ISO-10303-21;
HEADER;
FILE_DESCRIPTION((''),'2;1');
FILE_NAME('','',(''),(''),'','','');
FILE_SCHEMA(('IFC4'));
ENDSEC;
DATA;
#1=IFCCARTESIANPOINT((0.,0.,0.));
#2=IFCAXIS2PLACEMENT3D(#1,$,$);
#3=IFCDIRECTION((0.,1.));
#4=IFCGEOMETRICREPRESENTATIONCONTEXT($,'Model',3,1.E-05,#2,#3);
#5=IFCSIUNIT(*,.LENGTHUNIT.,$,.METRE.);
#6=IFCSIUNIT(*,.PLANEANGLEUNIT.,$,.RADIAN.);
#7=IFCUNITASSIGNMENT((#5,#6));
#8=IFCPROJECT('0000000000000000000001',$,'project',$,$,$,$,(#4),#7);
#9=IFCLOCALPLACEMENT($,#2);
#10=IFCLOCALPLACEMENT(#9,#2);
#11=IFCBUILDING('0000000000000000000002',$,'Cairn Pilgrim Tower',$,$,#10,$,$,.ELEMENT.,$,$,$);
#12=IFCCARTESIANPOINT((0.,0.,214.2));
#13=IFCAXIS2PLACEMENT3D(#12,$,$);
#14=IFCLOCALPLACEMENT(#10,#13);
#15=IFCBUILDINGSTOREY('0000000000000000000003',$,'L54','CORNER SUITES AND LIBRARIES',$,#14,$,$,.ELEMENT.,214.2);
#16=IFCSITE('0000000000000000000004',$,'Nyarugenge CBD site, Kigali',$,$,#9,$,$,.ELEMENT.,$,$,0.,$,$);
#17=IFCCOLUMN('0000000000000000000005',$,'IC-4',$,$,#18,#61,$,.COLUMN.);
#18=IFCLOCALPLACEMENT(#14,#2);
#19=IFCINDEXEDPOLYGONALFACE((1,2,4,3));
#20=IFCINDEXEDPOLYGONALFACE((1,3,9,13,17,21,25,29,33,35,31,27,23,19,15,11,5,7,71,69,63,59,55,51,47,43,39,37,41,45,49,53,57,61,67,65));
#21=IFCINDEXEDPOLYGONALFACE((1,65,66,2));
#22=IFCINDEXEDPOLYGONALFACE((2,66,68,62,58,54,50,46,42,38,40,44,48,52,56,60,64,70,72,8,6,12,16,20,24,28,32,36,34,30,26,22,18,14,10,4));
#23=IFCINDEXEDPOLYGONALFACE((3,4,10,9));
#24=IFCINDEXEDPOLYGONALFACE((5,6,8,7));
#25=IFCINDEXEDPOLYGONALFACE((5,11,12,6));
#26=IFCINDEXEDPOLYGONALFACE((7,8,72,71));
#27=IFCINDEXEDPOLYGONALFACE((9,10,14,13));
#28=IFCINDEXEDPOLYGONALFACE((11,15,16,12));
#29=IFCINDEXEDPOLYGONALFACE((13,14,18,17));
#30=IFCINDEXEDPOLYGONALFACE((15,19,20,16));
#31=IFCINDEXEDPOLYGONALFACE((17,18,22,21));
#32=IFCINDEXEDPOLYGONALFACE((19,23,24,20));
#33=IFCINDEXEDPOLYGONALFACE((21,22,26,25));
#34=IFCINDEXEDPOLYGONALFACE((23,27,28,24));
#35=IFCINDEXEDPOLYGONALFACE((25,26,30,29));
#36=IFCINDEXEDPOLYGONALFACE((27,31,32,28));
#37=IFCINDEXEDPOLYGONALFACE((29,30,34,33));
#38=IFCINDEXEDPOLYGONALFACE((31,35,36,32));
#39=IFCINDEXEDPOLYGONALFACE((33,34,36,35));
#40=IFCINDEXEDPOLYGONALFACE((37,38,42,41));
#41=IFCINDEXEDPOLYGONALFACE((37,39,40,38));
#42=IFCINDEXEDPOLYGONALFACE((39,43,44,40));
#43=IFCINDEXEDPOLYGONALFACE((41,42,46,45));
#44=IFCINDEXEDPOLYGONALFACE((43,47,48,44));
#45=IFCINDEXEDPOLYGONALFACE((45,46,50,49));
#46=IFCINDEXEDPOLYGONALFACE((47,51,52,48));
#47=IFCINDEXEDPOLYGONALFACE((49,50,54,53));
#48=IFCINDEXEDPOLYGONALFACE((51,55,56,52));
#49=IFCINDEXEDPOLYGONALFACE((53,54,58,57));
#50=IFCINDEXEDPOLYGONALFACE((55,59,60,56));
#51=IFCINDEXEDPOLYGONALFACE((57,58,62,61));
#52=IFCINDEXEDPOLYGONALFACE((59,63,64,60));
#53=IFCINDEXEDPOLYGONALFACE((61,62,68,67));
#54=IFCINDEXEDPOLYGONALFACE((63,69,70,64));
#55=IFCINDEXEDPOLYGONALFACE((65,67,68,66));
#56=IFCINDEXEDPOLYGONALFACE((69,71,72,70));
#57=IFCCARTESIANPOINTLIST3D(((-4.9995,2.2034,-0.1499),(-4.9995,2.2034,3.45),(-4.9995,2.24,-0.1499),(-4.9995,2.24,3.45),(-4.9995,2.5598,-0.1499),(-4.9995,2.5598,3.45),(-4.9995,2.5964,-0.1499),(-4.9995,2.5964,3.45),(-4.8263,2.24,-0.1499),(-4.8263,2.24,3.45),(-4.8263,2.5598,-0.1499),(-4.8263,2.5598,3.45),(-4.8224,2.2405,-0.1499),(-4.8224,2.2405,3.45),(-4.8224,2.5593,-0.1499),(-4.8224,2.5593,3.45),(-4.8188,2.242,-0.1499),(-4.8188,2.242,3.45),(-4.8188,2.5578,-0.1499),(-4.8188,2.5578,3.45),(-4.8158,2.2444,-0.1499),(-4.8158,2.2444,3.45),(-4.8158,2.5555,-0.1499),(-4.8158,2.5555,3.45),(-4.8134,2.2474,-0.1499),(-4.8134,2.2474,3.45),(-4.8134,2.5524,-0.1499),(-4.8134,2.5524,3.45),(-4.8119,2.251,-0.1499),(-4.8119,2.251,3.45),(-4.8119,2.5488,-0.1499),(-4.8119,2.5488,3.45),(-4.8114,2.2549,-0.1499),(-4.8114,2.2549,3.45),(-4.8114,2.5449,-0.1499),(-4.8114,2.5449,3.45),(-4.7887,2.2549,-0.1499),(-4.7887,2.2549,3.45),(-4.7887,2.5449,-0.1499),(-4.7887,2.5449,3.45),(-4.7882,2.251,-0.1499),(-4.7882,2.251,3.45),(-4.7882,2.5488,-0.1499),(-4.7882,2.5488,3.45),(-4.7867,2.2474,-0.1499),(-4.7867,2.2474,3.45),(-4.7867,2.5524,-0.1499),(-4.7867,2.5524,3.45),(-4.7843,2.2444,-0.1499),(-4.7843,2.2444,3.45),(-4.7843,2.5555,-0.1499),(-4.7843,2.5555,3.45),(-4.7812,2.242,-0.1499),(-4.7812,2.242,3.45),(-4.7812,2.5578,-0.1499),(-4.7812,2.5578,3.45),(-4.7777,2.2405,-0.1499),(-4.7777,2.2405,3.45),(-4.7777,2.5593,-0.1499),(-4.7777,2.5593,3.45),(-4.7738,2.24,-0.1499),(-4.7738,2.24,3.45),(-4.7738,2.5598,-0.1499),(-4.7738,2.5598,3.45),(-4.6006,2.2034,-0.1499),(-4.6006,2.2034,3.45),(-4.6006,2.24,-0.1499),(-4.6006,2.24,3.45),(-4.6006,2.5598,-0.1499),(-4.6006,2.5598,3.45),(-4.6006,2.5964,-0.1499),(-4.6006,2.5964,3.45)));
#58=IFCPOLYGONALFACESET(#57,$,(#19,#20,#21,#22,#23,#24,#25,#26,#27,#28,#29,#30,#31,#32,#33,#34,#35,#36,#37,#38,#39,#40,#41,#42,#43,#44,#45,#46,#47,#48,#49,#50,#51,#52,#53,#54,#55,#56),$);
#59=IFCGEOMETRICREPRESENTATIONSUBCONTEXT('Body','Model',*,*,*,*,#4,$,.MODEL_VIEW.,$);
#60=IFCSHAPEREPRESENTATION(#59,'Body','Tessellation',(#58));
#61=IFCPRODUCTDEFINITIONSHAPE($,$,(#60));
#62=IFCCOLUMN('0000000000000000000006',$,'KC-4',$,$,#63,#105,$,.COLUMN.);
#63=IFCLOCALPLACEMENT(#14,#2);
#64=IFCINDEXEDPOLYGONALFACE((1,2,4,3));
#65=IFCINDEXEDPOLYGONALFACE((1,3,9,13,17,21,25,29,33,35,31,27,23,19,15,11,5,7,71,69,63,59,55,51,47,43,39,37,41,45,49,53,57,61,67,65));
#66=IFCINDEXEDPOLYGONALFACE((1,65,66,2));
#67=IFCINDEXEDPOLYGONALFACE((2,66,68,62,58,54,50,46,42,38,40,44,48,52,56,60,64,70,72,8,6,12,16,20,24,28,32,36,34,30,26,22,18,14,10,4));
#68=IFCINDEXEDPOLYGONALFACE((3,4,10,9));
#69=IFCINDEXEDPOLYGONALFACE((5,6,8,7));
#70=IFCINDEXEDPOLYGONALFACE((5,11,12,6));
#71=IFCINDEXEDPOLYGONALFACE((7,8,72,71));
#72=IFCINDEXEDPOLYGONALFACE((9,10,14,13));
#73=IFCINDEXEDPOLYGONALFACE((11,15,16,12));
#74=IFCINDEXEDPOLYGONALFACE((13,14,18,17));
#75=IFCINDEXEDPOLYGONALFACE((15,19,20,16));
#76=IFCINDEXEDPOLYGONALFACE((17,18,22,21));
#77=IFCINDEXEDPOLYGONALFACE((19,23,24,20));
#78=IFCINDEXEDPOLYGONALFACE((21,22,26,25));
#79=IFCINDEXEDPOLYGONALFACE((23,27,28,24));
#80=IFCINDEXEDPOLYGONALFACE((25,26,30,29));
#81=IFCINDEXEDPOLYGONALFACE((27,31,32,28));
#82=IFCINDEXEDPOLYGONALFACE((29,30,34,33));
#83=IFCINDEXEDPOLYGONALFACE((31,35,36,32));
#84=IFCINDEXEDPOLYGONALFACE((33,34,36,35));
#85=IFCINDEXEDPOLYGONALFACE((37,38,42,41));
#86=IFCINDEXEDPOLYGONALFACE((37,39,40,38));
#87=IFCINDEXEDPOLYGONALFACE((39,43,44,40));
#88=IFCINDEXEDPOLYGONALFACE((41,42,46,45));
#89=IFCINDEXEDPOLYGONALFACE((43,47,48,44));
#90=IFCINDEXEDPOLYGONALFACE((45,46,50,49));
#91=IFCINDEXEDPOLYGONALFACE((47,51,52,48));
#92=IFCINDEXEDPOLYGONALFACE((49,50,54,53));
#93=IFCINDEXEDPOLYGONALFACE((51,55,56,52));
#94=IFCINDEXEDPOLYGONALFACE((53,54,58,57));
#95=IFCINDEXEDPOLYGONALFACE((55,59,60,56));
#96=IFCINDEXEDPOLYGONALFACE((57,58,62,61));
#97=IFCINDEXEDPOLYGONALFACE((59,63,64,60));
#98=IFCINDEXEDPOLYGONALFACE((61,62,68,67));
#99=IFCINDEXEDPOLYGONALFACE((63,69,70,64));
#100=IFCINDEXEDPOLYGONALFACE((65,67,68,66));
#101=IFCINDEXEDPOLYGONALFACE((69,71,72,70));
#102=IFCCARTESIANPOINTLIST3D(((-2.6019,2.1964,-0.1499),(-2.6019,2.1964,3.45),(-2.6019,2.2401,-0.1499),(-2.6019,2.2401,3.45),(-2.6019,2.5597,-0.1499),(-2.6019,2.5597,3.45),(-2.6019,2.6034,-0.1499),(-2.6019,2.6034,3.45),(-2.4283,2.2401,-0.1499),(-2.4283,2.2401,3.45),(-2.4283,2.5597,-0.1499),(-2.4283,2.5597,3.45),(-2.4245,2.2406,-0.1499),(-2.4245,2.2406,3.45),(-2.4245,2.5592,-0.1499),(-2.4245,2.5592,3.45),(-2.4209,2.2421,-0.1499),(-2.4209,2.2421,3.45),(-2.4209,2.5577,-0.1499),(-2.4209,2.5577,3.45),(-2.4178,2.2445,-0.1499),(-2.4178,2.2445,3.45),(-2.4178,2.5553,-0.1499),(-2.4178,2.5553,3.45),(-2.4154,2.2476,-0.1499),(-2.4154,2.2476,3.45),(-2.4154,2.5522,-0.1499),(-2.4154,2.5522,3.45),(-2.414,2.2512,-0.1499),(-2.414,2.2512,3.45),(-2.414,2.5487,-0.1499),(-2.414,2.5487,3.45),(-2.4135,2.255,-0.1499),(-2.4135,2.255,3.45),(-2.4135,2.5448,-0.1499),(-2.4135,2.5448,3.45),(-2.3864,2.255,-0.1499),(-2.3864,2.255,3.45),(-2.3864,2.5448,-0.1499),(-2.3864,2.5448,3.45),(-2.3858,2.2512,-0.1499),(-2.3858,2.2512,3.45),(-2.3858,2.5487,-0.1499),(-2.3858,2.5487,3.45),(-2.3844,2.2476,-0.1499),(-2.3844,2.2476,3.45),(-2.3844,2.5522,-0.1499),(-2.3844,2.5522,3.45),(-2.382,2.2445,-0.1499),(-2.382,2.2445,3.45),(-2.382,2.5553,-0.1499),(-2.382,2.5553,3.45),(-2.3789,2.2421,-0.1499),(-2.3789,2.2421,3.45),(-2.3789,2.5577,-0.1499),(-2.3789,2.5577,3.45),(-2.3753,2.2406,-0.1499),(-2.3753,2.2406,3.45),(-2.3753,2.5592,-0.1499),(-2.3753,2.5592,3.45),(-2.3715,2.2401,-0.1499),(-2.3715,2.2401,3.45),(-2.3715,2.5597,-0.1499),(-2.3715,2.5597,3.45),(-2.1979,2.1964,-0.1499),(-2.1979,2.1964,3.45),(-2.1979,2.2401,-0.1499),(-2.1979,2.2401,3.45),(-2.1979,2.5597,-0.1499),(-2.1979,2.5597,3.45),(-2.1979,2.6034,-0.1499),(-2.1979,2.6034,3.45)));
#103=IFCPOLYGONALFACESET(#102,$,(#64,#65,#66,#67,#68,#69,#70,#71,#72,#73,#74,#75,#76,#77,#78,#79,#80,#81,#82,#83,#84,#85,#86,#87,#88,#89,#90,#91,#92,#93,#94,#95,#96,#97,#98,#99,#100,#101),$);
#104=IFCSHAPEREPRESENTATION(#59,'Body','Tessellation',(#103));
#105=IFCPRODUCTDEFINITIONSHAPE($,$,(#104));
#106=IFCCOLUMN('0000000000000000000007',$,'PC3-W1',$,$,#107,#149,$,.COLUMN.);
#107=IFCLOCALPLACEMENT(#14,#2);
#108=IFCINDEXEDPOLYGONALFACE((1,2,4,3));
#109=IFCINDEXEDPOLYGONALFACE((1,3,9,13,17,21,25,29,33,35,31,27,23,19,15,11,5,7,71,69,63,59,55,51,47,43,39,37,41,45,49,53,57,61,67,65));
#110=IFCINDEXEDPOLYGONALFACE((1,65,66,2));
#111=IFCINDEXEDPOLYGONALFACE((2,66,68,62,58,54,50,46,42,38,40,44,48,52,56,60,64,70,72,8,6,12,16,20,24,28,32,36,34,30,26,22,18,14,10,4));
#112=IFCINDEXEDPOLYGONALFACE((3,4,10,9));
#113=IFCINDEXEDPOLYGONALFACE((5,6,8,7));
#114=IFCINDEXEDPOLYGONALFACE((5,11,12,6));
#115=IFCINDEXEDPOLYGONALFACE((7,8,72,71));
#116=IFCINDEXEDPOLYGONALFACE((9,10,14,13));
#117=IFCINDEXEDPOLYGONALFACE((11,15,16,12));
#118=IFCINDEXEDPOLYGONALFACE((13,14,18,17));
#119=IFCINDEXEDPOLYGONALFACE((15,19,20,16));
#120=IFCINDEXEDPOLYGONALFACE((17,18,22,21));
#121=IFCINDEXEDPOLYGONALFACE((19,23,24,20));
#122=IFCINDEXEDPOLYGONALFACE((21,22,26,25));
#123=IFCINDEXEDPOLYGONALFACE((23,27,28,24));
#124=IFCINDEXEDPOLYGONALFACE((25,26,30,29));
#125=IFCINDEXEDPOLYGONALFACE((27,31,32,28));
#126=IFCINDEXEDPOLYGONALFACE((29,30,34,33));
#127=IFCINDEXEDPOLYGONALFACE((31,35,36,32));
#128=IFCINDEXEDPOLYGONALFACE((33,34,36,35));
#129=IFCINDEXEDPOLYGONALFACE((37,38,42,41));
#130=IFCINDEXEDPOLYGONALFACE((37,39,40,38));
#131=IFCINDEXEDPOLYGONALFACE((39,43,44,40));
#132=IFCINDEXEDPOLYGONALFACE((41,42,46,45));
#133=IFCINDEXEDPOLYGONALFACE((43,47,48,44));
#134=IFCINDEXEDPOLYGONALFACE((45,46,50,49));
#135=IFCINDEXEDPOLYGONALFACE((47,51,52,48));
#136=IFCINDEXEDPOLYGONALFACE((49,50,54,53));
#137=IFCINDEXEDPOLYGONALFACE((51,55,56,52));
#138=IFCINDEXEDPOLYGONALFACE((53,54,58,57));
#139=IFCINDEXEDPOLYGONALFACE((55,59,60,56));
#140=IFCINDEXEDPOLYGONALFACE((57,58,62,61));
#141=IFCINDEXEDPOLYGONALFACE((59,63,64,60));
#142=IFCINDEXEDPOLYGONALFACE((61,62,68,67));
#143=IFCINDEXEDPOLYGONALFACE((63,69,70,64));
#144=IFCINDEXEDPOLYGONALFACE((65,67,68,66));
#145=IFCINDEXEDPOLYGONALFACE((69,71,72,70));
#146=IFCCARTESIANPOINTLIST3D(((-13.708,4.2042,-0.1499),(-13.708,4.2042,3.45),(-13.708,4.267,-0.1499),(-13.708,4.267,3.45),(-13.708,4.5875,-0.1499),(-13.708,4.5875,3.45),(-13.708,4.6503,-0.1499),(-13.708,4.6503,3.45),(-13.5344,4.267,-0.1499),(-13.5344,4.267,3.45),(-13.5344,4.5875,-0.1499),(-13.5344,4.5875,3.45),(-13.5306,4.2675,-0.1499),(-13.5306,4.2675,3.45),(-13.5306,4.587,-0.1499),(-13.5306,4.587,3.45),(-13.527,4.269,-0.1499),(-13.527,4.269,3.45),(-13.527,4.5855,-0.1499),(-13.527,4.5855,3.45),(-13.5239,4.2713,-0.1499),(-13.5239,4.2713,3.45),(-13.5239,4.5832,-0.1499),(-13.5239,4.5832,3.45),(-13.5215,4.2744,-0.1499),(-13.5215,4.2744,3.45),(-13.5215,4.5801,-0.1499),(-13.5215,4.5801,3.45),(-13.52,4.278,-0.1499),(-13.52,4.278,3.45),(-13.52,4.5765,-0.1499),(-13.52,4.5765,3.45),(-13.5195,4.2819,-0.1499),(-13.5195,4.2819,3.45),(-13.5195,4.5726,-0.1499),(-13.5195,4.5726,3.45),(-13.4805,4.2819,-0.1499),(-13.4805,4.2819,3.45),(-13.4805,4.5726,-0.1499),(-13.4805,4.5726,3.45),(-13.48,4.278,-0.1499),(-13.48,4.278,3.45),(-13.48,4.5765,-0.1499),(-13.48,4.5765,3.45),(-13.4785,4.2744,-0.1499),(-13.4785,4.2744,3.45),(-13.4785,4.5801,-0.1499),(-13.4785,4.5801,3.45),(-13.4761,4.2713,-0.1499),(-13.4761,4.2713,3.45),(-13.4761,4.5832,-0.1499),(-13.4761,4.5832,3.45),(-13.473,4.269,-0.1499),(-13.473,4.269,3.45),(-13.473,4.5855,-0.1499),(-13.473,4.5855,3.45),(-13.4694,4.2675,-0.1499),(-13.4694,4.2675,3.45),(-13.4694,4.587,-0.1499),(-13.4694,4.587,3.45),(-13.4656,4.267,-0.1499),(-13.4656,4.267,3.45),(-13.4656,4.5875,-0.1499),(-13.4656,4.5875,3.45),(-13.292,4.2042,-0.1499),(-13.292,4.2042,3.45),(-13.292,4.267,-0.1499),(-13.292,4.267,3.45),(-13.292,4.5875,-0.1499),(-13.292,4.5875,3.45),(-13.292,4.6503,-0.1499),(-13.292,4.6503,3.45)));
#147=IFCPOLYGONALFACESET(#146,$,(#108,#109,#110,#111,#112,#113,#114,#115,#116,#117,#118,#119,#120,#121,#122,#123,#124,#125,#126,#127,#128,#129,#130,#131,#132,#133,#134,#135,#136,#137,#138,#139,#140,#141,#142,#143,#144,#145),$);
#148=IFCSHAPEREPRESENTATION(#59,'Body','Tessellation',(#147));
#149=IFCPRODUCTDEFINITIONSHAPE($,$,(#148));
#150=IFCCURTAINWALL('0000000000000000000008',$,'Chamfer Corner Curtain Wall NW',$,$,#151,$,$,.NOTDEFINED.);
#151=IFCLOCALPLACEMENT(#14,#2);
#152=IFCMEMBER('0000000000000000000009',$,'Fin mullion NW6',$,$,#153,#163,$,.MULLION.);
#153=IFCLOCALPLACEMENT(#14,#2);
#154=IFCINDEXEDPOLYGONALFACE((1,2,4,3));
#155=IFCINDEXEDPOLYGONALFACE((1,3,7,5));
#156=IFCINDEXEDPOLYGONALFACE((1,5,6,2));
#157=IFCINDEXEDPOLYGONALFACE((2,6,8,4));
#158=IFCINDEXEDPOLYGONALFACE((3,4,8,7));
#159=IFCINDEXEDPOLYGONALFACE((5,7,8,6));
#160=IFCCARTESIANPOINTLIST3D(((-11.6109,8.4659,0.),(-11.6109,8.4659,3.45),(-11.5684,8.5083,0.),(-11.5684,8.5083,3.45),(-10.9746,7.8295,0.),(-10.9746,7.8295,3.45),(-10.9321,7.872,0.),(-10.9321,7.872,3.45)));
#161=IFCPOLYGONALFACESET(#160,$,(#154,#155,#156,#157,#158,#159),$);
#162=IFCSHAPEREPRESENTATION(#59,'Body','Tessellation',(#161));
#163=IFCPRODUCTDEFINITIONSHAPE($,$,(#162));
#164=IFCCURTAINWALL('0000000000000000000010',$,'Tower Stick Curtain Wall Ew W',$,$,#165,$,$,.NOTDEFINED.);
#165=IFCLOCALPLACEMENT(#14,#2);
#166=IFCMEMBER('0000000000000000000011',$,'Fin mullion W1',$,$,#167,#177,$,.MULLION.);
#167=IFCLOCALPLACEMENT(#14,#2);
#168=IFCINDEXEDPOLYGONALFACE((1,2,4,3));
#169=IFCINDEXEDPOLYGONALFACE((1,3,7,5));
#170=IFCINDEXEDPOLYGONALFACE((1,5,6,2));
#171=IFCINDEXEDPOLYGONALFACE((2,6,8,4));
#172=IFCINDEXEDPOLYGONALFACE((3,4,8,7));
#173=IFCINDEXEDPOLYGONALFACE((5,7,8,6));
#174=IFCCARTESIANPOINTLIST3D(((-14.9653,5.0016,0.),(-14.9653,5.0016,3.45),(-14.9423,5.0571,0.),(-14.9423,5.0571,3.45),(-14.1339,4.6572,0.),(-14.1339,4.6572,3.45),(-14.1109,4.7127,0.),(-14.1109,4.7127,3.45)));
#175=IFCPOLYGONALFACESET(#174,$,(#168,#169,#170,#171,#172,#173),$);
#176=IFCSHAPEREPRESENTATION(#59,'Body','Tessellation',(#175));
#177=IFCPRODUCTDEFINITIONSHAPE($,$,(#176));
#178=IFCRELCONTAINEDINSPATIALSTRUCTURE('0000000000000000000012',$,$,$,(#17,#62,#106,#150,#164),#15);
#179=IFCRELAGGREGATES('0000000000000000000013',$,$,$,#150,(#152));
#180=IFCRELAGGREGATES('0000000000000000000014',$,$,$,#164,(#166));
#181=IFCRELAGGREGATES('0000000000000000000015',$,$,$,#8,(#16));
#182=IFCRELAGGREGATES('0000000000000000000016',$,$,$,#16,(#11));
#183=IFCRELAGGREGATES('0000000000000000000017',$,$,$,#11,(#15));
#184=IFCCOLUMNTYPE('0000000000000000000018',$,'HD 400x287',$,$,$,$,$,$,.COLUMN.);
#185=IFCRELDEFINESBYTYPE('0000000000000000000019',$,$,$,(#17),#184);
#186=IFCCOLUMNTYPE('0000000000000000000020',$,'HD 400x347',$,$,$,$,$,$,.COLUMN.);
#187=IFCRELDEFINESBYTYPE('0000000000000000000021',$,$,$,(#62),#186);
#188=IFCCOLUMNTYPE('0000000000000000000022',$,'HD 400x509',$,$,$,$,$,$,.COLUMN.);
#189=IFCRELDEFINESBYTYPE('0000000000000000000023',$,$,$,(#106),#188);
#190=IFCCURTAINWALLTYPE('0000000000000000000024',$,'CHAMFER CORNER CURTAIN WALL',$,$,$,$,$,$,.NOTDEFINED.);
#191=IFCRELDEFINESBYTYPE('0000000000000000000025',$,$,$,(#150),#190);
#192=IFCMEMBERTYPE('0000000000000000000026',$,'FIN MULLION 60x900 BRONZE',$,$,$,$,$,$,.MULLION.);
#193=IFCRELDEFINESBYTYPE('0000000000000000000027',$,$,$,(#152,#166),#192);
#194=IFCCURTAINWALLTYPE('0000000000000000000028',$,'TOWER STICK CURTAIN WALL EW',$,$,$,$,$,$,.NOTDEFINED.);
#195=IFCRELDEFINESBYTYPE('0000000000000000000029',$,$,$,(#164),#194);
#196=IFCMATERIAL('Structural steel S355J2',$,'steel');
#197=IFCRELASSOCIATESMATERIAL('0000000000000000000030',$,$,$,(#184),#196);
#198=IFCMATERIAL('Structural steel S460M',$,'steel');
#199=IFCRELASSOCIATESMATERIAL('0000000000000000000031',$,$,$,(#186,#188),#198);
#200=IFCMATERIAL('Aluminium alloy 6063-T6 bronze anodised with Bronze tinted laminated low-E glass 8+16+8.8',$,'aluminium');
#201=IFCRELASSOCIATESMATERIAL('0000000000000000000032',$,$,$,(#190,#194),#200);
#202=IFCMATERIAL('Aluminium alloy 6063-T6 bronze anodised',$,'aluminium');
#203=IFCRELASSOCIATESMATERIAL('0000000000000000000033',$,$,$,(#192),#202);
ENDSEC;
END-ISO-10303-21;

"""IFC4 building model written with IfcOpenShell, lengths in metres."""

from ifc_helpers import new_model, si_unit, direction, frame, origin, origin_2d, place, context, subcontext, project, spatial, rectangle, i_section, extrude, material, material_profile, profile_set, type_object, element, aggregate, save


model = new_model("IFC4")

# Units and contexts
model_context = context("Model", 3, precision=1e-05, world=origin(), true_north=direction((0.0, 1.0)))
body_context = subcontext(model_context, "Body", "Model", "MODEL_VIEW")
ifc_project = project(units=[si_unit("LENGTHUNIT", "METRE"), si_unit("PLANEANGLEUNIT", "RADIAN")], contexts=[model_context])

# Site, building, storey
site_placement = place(None, origin())
site = spatial("IfcSite", under=ifc_project, at=site_placement, Name="Nyarugenge CBD site, Kigali", CompositionType="ELEMENT", RefElevation=0.0)
building_placement = place(site_placement, origin())
building = spatial("IfcBuilding", under=site, at=building_placement, Name="Cairn Pilgrim Tower", CompositionType="ELEMENT")
storey_placement = place(building_placement, frame((0.0, 0.0, 214.2)))
storey = spatial("IfcBuildingStorey", under=building, at=storey_placement, Name="L54", Description="CORNER SUITES AND LIBRARIES", CompositionType="ELEMENT", Elevation=214.2)

# Columns
ifc_material_1 = material(Name="Structural steel S355J2", Category="steel")
ifc_material_profile_1 = material_profile(ifc_material_1, i_section(OverallWidth=0.3989, OverallDepth=0.3931, WebThickness=0.0227, FlangeThickness=0.0366, FilletRadius=0.0149, at=origin_2d()), Name="HD 400x287")
ifc_profile_set_1 = profile_set([ifc_material_profile_1], Name="Structural steel S355J2")
column_type_1 = type_object("IfcColumnType", Name="HD 400x287", PredefinedType="COLUMN", material=ifc_profile_set_1)
column_1_placement = place(storey_placement, frame((-4.8, 2.3999, -0.1499), z_axis=(0.0, 0.0, 1.0), x_axis=(1.0, 0.0, 0.0)))
element("IfcColumn", 1, at=column_1_placement, inside=storey, type_object=column_type_1, Name="IC-4", PredefinedType="COLUMN", context=body_context, shape_type="SweptSolid", body=[
    extrude(i_section(OverallWidth=0.3989, OverallDepth=0.3931, WebThickness=0.0227, FlangeThickness=0.0366, FilletRadius=0.0149, at=origin_2d()), origin(), (0.0, 0.0, 1.0), 3.5999),
])
ifc_material_2 = material(Name="Structural steel S460M", Category="steel")
ifc_material_profile_2 = material_profile(ifc_material_2, i_section(OverallWidth=0.4041, OverallDepth=0.407, WebThickness=0.0271, FlangeThickness=0.0437, FilletRadius=0.0149, at=origin_2d()), Name="HD 400x347")
ifc_profile_set_2 = profile_set([ifc_material_profile_2], Name="Structural steel S460M")
column_type_2 = type_object("IfcColumnType", Name="HD 400x347", PredefinedType="COLUMN", material=ifc_profile_set_2)
column_2_placement = place(storey_placement, frame((-2.3999, 2.3999, -0.1499), z_axis=(0.0, 0.0, 1.0), x_axis=(1.0, 0.0, 0.0)))
element("IfcColumn", 2, at=column_2_placement, inside=storey, type_object=column_type_2, Name="KC-4", PredefinedType="COLUMN", context=body_context, shape_type="SweptSolid", body=[
    extrude(i_section(OverallWidth=0.4041, OverallDepth=0.407, WebThickness=0.0271, FlangeThickness=0.0437, FilletRadius=0.0149, at=origin_2d()), origin(), (0.0, 0.0, 1.0), 3.5999),
])
ifc_material_profile_3 = material_profile(ifc_material_2, i_section(OverallWidth=0.416, OverallDepth=0.446, WebThickness=0.0391, FlangeThickness=0.0627, FilletRadius=0.0149, at=origin_2d()), Name="HD 400x509")
ifc_profile_set_3 = profile_set([ifc_material_profile_3], Name="Structural steel S460M")
column_type_3 = type_object("IfcColumnType", Name="HD 400x509", PredefinedType="COLUMN", material=ifc_profile_set_3)
column_3_placement = place(storey_placement, frame((-13.5, 4.4272, -0.1499), z_axis=(0.0, 0.0, 1.0), x_axis=(1.0, 0.0, 0.0)))
element("IfcColumn", 3, at=column_3_placement, inside=storey, type_object=column_type_3, Name="PC3-W1", PredefinedType="COLUMN", context=body_context, shape_type="SweptSolid", body=[
    extrude(i_section(OverallWidth=0.416, OverallDepth=0.446, WebThickness=0.0391, FlangeThickness=0.0627, FilletRadius=0.0149, at=origin_2d()), origin(), (0.0, 0.0, 1.0), 3.5999),
])

# Curtain walls, members
ifc_material_3 = material(Name="Aluminium alloy 6063-T6 bronze anodised with Bronze tinted laminated low-E glass 8+16+8.8", Category="aluminium")
curtain_wall_type_1 = type_object("IfcCurtainWallType", Name="CHAMFER CORNER CURTAIN WALL", PredefinedType="NOTDEFINED", material=ifc_material_3)
curtain_wall_1_placement = place(storey_placement, origin())
curtain_wall_1 = element("IfcCurtainWall", 4, at=curtain_wall_1_placement, inside=storey, type_object=curtain_wall_type_1, Name="Chamfer Corner Curtain Wall NW", PredefinedType="NOTDEFINED")
ifc_material_4 = material(Name="Aluminium alloy 6063-T6 bronze anodised", Category="aluminium")
ifc_material_profile_4 = material_profile(ifc_material_4, rectangle(XDim=0.8999, YDim=0.0601, at=origin_2d()), Name="FIN MULLION 60x900 BRONZE")
ifc_profile_set_4 = profile_set([ifc_material_profile_4], Name="Aluminium alloy 6063-T6 bronze anodised")
member_type_1 = type_object("IfcMemberType", Name="FIN MULLION 60x900 BRONZE", PredefinedType="MULLION", material=ifc_profile_set_4)
member_1_placement = place(storey_placement, frame((-11.2715, 8.1689, 0.0), z_axis=(0.0, 0.0, 1.0), x_axis=(-0.707107, 0.707107, 0.0)))
member_1 = element("IfcMember", 5, at=member_1_placement, type_object=member_type_1, Name="Fin mullion NW6", PredefinedType="MULLION", context=body_context, shape_type="SweptSolid", body=[
    extrude(rectangle(XDim=0.8999, YDim=0.0601, at=origin_2d()), origin(), (0.0, 0.0, 1.0), 3.45),
])
curtain_wall_type_2 = type_object("IfcCurtainWallType", Name="TOWER STICK CURTAIN WALL EW", PredefinedType="NOTDEFINED", material=ifc_material_3)
curtain_wall_2_placement = place(storey_placement, origin())
curtain_wall_2 = element("IfcCurtainWall", 6, at=curtain_wall_2_placement, inside=storey, type_object=curtain_wall_type_2, Name="Tower Stick Curtain Wall Ew W", PredefinedType="NOTDEFINED")
member_2_placement = place(storey_placement, frame((-14.5381, 4.8572, 0.0), z_axis=(0.0, 0.0, 1.0), x_axis=(-0.92388, 0.382683, 0.0)))
member_2 = element("IfcMember", 7, at=member_2_placement, type_object=member_type_1, Name="Fin mullion W1", PredefinedType="MULLION", context=body_context, shape_type="SweptSolid", body=[
    extrude(rectangle(XDim=0.8999, YDim=0.0601, at=origin_2d()), origin(), (0.0, 0.0, 1.0), 3.45),
])

aggregate(curtain_wall_1, [member_1])
aggregate(curtain_wall_2, [member_2])

save(model, "model.ifc")
